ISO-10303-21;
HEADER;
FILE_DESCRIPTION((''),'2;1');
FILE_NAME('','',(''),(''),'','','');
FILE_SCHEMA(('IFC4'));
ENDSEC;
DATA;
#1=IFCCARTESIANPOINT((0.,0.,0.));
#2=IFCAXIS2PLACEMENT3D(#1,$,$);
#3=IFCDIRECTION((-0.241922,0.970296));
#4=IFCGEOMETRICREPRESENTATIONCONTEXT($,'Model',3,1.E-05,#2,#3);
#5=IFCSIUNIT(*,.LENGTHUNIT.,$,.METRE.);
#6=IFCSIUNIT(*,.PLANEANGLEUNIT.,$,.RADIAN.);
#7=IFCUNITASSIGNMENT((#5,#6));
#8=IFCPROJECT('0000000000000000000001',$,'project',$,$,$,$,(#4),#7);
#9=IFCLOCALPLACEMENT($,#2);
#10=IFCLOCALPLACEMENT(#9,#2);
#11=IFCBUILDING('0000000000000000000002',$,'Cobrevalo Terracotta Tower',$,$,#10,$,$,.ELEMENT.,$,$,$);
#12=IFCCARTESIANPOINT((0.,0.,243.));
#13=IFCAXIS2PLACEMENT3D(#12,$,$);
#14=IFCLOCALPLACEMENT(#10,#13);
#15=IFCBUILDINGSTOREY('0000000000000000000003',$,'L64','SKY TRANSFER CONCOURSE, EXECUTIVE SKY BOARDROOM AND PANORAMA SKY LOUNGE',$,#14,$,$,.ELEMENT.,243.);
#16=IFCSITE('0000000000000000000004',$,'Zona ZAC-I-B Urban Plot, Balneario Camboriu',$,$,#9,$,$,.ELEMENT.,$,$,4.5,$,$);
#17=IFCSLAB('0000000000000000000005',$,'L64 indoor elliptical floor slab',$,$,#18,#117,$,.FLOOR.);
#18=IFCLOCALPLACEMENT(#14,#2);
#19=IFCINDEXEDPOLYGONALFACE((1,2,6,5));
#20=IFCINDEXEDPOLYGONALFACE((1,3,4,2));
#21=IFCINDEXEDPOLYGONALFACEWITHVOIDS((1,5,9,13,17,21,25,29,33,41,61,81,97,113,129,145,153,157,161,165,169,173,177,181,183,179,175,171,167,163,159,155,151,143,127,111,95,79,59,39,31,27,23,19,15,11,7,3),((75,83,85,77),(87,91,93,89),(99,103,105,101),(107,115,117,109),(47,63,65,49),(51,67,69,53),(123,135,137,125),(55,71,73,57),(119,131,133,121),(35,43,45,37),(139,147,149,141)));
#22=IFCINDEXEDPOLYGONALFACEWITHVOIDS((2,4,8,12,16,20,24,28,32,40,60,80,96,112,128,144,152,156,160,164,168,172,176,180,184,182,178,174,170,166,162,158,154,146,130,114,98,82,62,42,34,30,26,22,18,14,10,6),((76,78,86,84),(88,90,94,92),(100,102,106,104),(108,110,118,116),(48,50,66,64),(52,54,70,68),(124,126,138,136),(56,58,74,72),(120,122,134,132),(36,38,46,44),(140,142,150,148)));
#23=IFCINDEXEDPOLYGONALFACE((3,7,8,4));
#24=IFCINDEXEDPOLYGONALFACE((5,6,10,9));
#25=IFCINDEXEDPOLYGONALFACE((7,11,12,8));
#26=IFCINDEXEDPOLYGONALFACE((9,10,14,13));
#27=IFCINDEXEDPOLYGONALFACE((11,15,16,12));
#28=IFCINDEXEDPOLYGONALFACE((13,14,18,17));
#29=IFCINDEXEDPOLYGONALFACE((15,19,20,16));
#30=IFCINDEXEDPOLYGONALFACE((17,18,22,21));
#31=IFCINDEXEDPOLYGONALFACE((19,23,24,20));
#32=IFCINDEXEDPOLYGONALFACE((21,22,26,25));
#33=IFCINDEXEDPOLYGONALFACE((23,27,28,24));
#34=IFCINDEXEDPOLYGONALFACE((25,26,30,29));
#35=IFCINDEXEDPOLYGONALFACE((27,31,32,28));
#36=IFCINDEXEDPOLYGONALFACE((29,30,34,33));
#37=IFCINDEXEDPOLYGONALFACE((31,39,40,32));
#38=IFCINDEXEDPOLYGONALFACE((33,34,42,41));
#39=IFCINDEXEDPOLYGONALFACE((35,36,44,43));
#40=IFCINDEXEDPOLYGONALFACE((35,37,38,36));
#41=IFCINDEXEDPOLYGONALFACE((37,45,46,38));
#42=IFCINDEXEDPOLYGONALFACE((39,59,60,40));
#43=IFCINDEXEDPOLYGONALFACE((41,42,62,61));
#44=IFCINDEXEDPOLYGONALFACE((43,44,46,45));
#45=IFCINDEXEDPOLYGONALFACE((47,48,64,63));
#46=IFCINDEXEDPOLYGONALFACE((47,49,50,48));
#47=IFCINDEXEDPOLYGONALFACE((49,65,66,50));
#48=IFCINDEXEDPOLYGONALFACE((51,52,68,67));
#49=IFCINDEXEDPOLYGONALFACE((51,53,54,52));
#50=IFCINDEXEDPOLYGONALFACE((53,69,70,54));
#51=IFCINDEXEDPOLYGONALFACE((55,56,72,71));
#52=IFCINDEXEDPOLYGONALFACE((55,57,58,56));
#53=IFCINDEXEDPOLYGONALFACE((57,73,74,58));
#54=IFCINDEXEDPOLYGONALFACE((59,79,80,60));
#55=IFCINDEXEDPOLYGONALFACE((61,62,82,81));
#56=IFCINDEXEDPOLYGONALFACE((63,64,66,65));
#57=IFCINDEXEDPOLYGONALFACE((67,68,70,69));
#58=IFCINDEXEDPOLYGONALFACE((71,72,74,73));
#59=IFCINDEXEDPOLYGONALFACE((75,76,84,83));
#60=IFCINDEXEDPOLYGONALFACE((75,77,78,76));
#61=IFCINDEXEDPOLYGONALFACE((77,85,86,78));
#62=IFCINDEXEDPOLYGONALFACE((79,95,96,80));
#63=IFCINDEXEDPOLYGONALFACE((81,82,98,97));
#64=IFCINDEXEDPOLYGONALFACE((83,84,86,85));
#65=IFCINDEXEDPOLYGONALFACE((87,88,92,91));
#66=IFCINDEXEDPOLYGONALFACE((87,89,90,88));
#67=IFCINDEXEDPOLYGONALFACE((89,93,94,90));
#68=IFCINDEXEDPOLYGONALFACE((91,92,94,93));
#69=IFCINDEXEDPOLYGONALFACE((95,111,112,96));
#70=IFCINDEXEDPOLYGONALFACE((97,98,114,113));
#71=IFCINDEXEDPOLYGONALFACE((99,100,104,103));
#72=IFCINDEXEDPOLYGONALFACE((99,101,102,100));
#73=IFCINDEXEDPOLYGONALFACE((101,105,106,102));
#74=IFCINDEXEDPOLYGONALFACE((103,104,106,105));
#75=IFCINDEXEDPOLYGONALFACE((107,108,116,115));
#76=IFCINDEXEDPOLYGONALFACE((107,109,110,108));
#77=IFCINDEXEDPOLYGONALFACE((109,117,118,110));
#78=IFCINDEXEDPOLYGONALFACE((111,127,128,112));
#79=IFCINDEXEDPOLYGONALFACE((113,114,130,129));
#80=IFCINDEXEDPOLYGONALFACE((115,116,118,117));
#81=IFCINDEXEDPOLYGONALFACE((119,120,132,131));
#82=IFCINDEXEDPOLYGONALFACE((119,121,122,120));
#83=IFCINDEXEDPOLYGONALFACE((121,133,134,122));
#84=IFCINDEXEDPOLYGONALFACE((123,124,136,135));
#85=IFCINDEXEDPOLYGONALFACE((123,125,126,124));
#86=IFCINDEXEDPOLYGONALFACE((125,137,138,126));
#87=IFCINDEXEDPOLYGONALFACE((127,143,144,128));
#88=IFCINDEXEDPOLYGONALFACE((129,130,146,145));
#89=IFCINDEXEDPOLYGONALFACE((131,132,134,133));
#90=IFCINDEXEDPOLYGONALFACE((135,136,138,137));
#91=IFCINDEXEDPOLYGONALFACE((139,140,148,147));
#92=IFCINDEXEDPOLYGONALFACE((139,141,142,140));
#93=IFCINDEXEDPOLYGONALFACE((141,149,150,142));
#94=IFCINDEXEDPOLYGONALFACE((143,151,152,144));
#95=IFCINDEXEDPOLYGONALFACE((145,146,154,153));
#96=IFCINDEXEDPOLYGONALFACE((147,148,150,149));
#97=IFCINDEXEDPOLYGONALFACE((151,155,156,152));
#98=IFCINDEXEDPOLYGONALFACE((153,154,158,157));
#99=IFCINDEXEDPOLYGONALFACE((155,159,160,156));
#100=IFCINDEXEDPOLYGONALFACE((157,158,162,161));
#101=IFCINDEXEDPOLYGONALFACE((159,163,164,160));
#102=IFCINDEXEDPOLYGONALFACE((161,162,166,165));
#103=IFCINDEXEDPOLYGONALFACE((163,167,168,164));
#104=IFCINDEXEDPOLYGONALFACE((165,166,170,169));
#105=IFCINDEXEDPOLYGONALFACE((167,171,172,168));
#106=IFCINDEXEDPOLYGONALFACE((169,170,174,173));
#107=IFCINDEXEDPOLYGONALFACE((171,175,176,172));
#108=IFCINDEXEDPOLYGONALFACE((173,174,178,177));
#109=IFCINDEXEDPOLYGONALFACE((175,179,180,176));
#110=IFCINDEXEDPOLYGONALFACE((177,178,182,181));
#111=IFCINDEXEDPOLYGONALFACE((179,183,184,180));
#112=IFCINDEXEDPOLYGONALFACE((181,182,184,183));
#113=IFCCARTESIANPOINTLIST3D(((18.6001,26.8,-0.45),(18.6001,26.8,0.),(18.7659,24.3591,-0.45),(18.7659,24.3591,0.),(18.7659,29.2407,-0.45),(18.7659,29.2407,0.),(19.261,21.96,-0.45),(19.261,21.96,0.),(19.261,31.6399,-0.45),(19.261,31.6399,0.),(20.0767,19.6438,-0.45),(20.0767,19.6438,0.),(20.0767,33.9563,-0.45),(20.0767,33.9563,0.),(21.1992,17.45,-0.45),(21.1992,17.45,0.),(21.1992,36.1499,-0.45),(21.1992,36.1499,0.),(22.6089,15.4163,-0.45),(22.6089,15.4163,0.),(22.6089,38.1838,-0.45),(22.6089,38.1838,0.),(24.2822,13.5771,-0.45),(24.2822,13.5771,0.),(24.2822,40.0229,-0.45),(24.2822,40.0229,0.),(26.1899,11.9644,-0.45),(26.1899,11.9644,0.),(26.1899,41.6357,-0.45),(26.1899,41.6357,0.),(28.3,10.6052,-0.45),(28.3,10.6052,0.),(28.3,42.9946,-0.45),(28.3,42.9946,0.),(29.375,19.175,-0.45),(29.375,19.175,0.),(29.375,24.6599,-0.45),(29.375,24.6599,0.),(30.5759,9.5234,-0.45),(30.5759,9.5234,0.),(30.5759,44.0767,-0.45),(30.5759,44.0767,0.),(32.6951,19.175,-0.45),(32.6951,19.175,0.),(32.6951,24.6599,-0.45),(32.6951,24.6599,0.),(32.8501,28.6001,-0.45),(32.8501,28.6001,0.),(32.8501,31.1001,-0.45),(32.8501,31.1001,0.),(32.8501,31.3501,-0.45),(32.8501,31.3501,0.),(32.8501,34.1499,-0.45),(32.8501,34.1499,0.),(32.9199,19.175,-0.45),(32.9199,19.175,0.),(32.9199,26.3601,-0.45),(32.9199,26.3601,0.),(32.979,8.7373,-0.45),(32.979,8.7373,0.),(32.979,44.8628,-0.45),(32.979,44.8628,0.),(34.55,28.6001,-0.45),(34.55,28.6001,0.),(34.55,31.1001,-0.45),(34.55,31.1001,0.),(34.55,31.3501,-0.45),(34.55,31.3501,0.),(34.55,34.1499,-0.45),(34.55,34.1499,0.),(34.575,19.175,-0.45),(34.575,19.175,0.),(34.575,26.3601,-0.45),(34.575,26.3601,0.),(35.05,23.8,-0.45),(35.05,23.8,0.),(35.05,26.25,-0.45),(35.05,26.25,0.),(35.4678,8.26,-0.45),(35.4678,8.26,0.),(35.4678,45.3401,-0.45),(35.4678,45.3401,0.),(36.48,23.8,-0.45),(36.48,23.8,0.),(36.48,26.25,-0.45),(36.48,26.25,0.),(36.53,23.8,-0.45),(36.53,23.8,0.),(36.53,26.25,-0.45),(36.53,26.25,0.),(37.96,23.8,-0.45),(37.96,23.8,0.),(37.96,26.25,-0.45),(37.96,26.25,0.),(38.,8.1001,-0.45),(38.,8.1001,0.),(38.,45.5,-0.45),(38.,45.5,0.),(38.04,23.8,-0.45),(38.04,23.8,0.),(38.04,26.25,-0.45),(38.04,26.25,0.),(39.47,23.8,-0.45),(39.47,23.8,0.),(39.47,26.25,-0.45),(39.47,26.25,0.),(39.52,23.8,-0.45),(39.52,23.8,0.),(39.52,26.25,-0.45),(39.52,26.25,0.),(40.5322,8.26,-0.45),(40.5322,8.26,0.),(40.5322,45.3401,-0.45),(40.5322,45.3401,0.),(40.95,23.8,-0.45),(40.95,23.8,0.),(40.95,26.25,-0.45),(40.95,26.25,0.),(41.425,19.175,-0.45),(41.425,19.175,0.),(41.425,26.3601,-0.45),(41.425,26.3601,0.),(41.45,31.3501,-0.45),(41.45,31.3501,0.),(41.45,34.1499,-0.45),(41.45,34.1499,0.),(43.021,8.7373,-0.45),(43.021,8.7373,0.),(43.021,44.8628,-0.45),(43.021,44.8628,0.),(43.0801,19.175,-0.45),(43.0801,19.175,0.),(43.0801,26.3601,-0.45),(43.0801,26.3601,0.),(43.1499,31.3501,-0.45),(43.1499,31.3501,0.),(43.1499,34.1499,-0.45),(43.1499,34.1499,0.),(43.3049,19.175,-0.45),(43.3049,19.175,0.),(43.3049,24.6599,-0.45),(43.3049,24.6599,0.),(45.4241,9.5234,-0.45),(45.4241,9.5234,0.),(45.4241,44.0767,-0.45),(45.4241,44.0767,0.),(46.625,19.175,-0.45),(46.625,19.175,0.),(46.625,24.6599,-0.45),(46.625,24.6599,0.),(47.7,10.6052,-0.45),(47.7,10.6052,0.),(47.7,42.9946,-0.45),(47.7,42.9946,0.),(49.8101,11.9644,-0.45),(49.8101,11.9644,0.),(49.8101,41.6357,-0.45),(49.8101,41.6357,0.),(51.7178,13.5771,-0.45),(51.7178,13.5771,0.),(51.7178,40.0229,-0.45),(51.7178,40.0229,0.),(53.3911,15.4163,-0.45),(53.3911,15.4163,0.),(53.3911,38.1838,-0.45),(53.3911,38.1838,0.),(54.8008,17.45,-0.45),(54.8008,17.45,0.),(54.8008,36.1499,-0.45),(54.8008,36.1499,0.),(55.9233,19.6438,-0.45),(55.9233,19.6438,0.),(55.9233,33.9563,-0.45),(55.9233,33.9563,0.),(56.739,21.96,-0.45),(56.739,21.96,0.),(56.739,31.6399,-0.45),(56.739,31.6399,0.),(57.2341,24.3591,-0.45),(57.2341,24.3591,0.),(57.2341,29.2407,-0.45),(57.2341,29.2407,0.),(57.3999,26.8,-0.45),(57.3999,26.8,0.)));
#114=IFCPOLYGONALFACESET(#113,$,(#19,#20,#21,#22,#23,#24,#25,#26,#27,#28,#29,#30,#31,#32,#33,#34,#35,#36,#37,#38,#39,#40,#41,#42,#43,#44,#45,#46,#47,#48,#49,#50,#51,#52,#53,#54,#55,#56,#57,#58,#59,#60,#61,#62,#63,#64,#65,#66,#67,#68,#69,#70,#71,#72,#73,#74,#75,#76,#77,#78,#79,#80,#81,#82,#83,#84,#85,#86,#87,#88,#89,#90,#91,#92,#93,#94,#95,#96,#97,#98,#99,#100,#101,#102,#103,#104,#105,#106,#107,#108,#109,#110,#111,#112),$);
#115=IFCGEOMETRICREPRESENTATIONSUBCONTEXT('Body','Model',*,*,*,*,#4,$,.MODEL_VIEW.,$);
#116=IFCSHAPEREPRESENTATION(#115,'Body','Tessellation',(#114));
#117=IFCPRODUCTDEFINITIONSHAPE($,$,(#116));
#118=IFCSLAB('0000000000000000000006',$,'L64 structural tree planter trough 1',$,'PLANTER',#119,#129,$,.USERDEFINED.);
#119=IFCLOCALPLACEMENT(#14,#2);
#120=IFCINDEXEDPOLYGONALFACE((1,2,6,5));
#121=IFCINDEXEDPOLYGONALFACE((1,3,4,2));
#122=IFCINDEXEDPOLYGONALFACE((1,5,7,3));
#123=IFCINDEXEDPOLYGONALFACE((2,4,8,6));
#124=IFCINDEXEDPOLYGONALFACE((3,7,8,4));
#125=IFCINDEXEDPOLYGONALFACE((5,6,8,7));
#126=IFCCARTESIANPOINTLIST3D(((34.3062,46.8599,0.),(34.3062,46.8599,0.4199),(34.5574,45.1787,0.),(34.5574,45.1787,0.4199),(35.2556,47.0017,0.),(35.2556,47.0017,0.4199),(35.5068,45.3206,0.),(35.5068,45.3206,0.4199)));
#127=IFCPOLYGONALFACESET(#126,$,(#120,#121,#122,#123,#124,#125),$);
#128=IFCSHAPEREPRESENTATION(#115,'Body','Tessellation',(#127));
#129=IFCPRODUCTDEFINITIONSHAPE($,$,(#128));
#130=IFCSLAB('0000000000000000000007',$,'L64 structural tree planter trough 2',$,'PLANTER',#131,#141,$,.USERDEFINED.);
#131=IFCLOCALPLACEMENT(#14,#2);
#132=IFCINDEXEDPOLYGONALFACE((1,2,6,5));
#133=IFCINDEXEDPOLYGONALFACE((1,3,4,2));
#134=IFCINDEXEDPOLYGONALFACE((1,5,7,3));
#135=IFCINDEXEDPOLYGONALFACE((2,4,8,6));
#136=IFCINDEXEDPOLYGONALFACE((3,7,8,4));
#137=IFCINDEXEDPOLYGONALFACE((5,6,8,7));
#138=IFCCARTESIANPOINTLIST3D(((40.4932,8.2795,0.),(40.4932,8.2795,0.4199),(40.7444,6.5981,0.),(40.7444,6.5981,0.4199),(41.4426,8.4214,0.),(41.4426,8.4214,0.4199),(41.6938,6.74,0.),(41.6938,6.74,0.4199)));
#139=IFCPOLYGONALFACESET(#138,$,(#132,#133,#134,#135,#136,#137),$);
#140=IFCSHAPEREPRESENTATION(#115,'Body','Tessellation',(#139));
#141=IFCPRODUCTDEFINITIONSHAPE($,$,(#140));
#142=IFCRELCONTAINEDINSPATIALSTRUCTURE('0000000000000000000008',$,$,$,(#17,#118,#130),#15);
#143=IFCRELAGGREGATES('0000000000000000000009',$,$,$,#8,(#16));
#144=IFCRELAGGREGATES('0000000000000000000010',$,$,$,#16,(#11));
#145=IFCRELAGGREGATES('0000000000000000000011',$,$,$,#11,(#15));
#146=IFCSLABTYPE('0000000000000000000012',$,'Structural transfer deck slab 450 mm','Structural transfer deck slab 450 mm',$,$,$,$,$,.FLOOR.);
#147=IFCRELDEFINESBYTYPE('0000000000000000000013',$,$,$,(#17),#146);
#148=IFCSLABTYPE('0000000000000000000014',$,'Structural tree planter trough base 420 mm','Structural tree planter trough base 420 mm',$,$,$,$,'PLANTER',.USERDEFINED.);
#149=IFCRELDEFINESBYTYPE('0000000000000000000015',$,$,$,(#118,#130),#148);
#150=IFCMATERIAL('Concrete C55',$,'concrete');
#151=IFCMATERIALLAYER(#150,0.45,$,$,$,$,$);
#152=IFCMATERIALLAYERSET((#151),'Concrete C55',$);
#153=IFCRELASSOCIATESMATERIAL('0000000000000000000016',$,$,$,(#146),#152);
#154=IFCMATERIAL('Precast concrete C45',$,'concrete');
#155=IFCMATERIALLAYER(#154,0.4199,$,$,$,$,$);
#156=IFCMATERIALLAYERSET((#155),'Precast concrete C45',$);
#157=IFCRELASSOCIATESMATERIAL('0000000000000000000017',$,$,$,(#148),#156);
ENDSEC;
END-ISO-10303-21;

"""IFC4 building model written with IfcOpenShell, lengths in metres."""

from ifc_helpers import new_model, si_unit, direction, frame, origin, place, context, subcontext, project, spatial, polyline, outline, extrude, material, layer, layer_set, type_object, element, save


model = new_model("IFC4")

# Units and contexts
model_context = context("Model", 3, precision=1e-05, world=origin(), true_north=direction((-0.241922, 0.970296)))
body_context = subcontext(model_context, "Body", "Model", "MODEL_VIEW")
ifc_project = project(units=[si_unit("LENGTHUNIT", "METRE"), si_unit("PLANEANGLEUNIT", "RADIAN")], contexts=[model_context])

# Site, building, storey
site_placement = place(None, origin())
site = spatial("IfcSite", under=ifc_project, at=site_placement, Name="Zona ZAC-I-B Urban Plot, Balneario Camboriu", CompositionType="ELEMENT", RefElevation=4.5)
building_placement = place(site_placement, origin())
building = spatial("IfcBuilding", under=site, at=building_placement, Name="Cobrevalo Terracotta Tower", CompositionType="ELEMENT")
storey_placement = place(building_placement, frame((0.0, 0.0, 243.0)))
storey = spatial("IfcBuildingStorey", under=building, at=storey_placement, Name="L64", Description="SKY TRANSFER CONCOURSE, EXECUTIVE SKY BOARDROOM AND PANORAMA SKY LOUNGE", CompositionType="ELEMENT", Elevation=243.0)

# Slabs
ifc_material_1 = material(Name="Concrete C55", Category="concrete")
ifc_layer_1 = layer(ifc_material_1, 0.45)
ifc_layer_set_1 = layer_set([ifc_layer_1], Name="Concrete C55")
slab_type_1 = type_object("IfcSlabType", Name="Structural transfer deck slab 450 mm", Description="Structural transfer deck slab 450 mm", PredefinedType="FLOOR", material=ifc_layer_set_1)
slab_1_placement = place(storey_placement, frame((0.0, 0.0, -0.45)))
element("IfcSlab", 1, at=slab_1_placement, inside=storey, type_object=slab_type_1, Name="L64 indoor elliptical floor slab", PredefinedType="FLOOR", context=body_context, shape_type="SweptSolid", body=[
    extrude(outline(polyline([(57.2341, 24.3591), (56.739, 21.96), (55.9233, 19.6438), (54.8008, 17.45), (53.3911, 15.4163), (51.7178, 13.5771), (49.8101, 11.9644), (47.7, 10.6052), (45.4241, 9.5234), (43.021, 8.7373), (40.5322, 8.26), (38.0, 8.1001), (35.4678, 8.26), (32.979, 8.7373), (30.5759, 9.5234), (28.3, 10.6052), (26.1899, 11.9644), (24.2822, 13.5771), (22.6089, 15.4163), (21.1992, 17.45), (20.0767, 19.6438), (19.261, 21.96), (18.7659, 24.3591), (18.6001, 26.8), (18.7659, 29.2407), (19.261, 31.6399), (20.0767, 33.9563), (21.1992, 36.1499), (22.6089, 38.1838), (24.2822, 40.0229), (26.1899, 41.6357), (28.3, 42.9946), (30.5759, 44.0767), (32.979, 44.8628), (35.4678, 45.3401), (38.0, 45.5), (40.5322, 45.3401), (43.021, 44.8628), (45.4241, 44.0767), (47.7, 42.9946), (49.8101, 41.6357), (51.7178, 40.0229), (53.3911, 38.1838), (54.8008, 36.1499), (55.9233, 33.9563), (56.739, 31.6399), (57.2341, 29.2407), (57.3999, 26.8), (57.2341, 24.3591)]), holes=[polyline([(32.6951, 19.175), (32.6951, 24.6599), (29.375, 24.6599), (29.375, 19.175), (32.6951, 19.175)]), polyline([(34.575, 26.3601), (32.9199, 26.3601), (32.9199, 19.175), (34.575, 19.175), (34.575, 26.3601)]), polyline([(36.48, 26.25), (35.05, 26.25), (35.05, 23.8), (36.48, 23.8), (36.48, 26.25)]), polyline([(37.96, 23.8), (37.96, 26.25), (36.53, 26.25), (36.53, 23.8), (37.96, 23.8)]), polyline([(34.55, 28.6001), (34.55, 31.1001), (32.8501, 31.1001), (32.8501, 28.6001), (34.55, 28.6001)]), polyline([(34.55, 34.1499), (32.8501, 34.1499), (32.8501, 31.3501), (34.55, 31.3501), (34.55, 34.1499)]), polyline([(43.3049, 19.175), (46.625, 19.175), (46.625, 24.6599), (43.3049, 24.6599), (43.3049, 19.175)]), polyline([(43.0801, 19.175), (43.0801, 26.3601), (41.425, 26.3601), (41.425, 19.175), (43.0801, 19.175)]), polyline([(39.47, 26.25), (38.04, 26.25), (38.04, 23.8), (39.47, 23.8), (39.47, 26.25)]), polyline([(40.95, 23.8), (40.95, 26.25), (39.52, 26.25), (39.52, 23.8), (40.95, 23.8)]), polyline([(43.1499, 31.3501), (43.1499, 34.1499), (41.45, 34.1499), (41.45, 31.3501), (43.1499, 31.3501)])]), origin(), (0.0, 0.0, 1.0), 0.45),
])
ifc_material_2 = material(Name="Precast concrete C45", Category="concrete")
ifc_layer_2 = layer(ifc_material_2, 0.4199)
ifc_layer_set_2 = layer_set([ifc_layer_2], Name="Precast concrete C45")
slab_type_2 = type_object("IfcSlabType", Name="Structural tree planter trough base 420 mm", Description="Structural tree planter trough base 420 mm", ElementType="PLANTER", PredefinedType="USERDEFINED", material=ifc_layer_set_2)
slab_2_placement = place(storey_placement, origin())
element("IfcSlab", 2, at=slab_2_placement, inside=storey, type_object=slab_type_2, Name="L64 structural tree planter trough 1", ObjectType="PLANTER", PredefinedType="USERDEFINED", context=body_context, shape_type="SweptSolid", body=[
    extrude(outline(polyline([(35.5068, 45.3206), (35.2556, 47.0017), (34.3062, 46.8599), (34.5574, 45.1787), (35.5068, 45.3206)])), origin(), (0.0, 0.0, 1.0), 0.4199),
])
slab_3_placement = place(storey_placement, origin())
element("IfcSlab", 3, at=slab_3_placement, inside=storey, type_object=slab_type_2, Name="L64 structural tree planter trough 2", ObjectType="PLANTER", PredefinedType="USERDEFINED", context=body_context, shape_type="SweptSolid", body=[
    extrude(outline(polyline([(40.4932, 8.2795), (40.7444, 6.5981), (41.6938, 6.74), (41.4426, 8.4214), (40.4932, 8.2795)])), origin(), (0.0, 0.0, 1.0), 0.4199),
])

save(model, "model.ifc")
